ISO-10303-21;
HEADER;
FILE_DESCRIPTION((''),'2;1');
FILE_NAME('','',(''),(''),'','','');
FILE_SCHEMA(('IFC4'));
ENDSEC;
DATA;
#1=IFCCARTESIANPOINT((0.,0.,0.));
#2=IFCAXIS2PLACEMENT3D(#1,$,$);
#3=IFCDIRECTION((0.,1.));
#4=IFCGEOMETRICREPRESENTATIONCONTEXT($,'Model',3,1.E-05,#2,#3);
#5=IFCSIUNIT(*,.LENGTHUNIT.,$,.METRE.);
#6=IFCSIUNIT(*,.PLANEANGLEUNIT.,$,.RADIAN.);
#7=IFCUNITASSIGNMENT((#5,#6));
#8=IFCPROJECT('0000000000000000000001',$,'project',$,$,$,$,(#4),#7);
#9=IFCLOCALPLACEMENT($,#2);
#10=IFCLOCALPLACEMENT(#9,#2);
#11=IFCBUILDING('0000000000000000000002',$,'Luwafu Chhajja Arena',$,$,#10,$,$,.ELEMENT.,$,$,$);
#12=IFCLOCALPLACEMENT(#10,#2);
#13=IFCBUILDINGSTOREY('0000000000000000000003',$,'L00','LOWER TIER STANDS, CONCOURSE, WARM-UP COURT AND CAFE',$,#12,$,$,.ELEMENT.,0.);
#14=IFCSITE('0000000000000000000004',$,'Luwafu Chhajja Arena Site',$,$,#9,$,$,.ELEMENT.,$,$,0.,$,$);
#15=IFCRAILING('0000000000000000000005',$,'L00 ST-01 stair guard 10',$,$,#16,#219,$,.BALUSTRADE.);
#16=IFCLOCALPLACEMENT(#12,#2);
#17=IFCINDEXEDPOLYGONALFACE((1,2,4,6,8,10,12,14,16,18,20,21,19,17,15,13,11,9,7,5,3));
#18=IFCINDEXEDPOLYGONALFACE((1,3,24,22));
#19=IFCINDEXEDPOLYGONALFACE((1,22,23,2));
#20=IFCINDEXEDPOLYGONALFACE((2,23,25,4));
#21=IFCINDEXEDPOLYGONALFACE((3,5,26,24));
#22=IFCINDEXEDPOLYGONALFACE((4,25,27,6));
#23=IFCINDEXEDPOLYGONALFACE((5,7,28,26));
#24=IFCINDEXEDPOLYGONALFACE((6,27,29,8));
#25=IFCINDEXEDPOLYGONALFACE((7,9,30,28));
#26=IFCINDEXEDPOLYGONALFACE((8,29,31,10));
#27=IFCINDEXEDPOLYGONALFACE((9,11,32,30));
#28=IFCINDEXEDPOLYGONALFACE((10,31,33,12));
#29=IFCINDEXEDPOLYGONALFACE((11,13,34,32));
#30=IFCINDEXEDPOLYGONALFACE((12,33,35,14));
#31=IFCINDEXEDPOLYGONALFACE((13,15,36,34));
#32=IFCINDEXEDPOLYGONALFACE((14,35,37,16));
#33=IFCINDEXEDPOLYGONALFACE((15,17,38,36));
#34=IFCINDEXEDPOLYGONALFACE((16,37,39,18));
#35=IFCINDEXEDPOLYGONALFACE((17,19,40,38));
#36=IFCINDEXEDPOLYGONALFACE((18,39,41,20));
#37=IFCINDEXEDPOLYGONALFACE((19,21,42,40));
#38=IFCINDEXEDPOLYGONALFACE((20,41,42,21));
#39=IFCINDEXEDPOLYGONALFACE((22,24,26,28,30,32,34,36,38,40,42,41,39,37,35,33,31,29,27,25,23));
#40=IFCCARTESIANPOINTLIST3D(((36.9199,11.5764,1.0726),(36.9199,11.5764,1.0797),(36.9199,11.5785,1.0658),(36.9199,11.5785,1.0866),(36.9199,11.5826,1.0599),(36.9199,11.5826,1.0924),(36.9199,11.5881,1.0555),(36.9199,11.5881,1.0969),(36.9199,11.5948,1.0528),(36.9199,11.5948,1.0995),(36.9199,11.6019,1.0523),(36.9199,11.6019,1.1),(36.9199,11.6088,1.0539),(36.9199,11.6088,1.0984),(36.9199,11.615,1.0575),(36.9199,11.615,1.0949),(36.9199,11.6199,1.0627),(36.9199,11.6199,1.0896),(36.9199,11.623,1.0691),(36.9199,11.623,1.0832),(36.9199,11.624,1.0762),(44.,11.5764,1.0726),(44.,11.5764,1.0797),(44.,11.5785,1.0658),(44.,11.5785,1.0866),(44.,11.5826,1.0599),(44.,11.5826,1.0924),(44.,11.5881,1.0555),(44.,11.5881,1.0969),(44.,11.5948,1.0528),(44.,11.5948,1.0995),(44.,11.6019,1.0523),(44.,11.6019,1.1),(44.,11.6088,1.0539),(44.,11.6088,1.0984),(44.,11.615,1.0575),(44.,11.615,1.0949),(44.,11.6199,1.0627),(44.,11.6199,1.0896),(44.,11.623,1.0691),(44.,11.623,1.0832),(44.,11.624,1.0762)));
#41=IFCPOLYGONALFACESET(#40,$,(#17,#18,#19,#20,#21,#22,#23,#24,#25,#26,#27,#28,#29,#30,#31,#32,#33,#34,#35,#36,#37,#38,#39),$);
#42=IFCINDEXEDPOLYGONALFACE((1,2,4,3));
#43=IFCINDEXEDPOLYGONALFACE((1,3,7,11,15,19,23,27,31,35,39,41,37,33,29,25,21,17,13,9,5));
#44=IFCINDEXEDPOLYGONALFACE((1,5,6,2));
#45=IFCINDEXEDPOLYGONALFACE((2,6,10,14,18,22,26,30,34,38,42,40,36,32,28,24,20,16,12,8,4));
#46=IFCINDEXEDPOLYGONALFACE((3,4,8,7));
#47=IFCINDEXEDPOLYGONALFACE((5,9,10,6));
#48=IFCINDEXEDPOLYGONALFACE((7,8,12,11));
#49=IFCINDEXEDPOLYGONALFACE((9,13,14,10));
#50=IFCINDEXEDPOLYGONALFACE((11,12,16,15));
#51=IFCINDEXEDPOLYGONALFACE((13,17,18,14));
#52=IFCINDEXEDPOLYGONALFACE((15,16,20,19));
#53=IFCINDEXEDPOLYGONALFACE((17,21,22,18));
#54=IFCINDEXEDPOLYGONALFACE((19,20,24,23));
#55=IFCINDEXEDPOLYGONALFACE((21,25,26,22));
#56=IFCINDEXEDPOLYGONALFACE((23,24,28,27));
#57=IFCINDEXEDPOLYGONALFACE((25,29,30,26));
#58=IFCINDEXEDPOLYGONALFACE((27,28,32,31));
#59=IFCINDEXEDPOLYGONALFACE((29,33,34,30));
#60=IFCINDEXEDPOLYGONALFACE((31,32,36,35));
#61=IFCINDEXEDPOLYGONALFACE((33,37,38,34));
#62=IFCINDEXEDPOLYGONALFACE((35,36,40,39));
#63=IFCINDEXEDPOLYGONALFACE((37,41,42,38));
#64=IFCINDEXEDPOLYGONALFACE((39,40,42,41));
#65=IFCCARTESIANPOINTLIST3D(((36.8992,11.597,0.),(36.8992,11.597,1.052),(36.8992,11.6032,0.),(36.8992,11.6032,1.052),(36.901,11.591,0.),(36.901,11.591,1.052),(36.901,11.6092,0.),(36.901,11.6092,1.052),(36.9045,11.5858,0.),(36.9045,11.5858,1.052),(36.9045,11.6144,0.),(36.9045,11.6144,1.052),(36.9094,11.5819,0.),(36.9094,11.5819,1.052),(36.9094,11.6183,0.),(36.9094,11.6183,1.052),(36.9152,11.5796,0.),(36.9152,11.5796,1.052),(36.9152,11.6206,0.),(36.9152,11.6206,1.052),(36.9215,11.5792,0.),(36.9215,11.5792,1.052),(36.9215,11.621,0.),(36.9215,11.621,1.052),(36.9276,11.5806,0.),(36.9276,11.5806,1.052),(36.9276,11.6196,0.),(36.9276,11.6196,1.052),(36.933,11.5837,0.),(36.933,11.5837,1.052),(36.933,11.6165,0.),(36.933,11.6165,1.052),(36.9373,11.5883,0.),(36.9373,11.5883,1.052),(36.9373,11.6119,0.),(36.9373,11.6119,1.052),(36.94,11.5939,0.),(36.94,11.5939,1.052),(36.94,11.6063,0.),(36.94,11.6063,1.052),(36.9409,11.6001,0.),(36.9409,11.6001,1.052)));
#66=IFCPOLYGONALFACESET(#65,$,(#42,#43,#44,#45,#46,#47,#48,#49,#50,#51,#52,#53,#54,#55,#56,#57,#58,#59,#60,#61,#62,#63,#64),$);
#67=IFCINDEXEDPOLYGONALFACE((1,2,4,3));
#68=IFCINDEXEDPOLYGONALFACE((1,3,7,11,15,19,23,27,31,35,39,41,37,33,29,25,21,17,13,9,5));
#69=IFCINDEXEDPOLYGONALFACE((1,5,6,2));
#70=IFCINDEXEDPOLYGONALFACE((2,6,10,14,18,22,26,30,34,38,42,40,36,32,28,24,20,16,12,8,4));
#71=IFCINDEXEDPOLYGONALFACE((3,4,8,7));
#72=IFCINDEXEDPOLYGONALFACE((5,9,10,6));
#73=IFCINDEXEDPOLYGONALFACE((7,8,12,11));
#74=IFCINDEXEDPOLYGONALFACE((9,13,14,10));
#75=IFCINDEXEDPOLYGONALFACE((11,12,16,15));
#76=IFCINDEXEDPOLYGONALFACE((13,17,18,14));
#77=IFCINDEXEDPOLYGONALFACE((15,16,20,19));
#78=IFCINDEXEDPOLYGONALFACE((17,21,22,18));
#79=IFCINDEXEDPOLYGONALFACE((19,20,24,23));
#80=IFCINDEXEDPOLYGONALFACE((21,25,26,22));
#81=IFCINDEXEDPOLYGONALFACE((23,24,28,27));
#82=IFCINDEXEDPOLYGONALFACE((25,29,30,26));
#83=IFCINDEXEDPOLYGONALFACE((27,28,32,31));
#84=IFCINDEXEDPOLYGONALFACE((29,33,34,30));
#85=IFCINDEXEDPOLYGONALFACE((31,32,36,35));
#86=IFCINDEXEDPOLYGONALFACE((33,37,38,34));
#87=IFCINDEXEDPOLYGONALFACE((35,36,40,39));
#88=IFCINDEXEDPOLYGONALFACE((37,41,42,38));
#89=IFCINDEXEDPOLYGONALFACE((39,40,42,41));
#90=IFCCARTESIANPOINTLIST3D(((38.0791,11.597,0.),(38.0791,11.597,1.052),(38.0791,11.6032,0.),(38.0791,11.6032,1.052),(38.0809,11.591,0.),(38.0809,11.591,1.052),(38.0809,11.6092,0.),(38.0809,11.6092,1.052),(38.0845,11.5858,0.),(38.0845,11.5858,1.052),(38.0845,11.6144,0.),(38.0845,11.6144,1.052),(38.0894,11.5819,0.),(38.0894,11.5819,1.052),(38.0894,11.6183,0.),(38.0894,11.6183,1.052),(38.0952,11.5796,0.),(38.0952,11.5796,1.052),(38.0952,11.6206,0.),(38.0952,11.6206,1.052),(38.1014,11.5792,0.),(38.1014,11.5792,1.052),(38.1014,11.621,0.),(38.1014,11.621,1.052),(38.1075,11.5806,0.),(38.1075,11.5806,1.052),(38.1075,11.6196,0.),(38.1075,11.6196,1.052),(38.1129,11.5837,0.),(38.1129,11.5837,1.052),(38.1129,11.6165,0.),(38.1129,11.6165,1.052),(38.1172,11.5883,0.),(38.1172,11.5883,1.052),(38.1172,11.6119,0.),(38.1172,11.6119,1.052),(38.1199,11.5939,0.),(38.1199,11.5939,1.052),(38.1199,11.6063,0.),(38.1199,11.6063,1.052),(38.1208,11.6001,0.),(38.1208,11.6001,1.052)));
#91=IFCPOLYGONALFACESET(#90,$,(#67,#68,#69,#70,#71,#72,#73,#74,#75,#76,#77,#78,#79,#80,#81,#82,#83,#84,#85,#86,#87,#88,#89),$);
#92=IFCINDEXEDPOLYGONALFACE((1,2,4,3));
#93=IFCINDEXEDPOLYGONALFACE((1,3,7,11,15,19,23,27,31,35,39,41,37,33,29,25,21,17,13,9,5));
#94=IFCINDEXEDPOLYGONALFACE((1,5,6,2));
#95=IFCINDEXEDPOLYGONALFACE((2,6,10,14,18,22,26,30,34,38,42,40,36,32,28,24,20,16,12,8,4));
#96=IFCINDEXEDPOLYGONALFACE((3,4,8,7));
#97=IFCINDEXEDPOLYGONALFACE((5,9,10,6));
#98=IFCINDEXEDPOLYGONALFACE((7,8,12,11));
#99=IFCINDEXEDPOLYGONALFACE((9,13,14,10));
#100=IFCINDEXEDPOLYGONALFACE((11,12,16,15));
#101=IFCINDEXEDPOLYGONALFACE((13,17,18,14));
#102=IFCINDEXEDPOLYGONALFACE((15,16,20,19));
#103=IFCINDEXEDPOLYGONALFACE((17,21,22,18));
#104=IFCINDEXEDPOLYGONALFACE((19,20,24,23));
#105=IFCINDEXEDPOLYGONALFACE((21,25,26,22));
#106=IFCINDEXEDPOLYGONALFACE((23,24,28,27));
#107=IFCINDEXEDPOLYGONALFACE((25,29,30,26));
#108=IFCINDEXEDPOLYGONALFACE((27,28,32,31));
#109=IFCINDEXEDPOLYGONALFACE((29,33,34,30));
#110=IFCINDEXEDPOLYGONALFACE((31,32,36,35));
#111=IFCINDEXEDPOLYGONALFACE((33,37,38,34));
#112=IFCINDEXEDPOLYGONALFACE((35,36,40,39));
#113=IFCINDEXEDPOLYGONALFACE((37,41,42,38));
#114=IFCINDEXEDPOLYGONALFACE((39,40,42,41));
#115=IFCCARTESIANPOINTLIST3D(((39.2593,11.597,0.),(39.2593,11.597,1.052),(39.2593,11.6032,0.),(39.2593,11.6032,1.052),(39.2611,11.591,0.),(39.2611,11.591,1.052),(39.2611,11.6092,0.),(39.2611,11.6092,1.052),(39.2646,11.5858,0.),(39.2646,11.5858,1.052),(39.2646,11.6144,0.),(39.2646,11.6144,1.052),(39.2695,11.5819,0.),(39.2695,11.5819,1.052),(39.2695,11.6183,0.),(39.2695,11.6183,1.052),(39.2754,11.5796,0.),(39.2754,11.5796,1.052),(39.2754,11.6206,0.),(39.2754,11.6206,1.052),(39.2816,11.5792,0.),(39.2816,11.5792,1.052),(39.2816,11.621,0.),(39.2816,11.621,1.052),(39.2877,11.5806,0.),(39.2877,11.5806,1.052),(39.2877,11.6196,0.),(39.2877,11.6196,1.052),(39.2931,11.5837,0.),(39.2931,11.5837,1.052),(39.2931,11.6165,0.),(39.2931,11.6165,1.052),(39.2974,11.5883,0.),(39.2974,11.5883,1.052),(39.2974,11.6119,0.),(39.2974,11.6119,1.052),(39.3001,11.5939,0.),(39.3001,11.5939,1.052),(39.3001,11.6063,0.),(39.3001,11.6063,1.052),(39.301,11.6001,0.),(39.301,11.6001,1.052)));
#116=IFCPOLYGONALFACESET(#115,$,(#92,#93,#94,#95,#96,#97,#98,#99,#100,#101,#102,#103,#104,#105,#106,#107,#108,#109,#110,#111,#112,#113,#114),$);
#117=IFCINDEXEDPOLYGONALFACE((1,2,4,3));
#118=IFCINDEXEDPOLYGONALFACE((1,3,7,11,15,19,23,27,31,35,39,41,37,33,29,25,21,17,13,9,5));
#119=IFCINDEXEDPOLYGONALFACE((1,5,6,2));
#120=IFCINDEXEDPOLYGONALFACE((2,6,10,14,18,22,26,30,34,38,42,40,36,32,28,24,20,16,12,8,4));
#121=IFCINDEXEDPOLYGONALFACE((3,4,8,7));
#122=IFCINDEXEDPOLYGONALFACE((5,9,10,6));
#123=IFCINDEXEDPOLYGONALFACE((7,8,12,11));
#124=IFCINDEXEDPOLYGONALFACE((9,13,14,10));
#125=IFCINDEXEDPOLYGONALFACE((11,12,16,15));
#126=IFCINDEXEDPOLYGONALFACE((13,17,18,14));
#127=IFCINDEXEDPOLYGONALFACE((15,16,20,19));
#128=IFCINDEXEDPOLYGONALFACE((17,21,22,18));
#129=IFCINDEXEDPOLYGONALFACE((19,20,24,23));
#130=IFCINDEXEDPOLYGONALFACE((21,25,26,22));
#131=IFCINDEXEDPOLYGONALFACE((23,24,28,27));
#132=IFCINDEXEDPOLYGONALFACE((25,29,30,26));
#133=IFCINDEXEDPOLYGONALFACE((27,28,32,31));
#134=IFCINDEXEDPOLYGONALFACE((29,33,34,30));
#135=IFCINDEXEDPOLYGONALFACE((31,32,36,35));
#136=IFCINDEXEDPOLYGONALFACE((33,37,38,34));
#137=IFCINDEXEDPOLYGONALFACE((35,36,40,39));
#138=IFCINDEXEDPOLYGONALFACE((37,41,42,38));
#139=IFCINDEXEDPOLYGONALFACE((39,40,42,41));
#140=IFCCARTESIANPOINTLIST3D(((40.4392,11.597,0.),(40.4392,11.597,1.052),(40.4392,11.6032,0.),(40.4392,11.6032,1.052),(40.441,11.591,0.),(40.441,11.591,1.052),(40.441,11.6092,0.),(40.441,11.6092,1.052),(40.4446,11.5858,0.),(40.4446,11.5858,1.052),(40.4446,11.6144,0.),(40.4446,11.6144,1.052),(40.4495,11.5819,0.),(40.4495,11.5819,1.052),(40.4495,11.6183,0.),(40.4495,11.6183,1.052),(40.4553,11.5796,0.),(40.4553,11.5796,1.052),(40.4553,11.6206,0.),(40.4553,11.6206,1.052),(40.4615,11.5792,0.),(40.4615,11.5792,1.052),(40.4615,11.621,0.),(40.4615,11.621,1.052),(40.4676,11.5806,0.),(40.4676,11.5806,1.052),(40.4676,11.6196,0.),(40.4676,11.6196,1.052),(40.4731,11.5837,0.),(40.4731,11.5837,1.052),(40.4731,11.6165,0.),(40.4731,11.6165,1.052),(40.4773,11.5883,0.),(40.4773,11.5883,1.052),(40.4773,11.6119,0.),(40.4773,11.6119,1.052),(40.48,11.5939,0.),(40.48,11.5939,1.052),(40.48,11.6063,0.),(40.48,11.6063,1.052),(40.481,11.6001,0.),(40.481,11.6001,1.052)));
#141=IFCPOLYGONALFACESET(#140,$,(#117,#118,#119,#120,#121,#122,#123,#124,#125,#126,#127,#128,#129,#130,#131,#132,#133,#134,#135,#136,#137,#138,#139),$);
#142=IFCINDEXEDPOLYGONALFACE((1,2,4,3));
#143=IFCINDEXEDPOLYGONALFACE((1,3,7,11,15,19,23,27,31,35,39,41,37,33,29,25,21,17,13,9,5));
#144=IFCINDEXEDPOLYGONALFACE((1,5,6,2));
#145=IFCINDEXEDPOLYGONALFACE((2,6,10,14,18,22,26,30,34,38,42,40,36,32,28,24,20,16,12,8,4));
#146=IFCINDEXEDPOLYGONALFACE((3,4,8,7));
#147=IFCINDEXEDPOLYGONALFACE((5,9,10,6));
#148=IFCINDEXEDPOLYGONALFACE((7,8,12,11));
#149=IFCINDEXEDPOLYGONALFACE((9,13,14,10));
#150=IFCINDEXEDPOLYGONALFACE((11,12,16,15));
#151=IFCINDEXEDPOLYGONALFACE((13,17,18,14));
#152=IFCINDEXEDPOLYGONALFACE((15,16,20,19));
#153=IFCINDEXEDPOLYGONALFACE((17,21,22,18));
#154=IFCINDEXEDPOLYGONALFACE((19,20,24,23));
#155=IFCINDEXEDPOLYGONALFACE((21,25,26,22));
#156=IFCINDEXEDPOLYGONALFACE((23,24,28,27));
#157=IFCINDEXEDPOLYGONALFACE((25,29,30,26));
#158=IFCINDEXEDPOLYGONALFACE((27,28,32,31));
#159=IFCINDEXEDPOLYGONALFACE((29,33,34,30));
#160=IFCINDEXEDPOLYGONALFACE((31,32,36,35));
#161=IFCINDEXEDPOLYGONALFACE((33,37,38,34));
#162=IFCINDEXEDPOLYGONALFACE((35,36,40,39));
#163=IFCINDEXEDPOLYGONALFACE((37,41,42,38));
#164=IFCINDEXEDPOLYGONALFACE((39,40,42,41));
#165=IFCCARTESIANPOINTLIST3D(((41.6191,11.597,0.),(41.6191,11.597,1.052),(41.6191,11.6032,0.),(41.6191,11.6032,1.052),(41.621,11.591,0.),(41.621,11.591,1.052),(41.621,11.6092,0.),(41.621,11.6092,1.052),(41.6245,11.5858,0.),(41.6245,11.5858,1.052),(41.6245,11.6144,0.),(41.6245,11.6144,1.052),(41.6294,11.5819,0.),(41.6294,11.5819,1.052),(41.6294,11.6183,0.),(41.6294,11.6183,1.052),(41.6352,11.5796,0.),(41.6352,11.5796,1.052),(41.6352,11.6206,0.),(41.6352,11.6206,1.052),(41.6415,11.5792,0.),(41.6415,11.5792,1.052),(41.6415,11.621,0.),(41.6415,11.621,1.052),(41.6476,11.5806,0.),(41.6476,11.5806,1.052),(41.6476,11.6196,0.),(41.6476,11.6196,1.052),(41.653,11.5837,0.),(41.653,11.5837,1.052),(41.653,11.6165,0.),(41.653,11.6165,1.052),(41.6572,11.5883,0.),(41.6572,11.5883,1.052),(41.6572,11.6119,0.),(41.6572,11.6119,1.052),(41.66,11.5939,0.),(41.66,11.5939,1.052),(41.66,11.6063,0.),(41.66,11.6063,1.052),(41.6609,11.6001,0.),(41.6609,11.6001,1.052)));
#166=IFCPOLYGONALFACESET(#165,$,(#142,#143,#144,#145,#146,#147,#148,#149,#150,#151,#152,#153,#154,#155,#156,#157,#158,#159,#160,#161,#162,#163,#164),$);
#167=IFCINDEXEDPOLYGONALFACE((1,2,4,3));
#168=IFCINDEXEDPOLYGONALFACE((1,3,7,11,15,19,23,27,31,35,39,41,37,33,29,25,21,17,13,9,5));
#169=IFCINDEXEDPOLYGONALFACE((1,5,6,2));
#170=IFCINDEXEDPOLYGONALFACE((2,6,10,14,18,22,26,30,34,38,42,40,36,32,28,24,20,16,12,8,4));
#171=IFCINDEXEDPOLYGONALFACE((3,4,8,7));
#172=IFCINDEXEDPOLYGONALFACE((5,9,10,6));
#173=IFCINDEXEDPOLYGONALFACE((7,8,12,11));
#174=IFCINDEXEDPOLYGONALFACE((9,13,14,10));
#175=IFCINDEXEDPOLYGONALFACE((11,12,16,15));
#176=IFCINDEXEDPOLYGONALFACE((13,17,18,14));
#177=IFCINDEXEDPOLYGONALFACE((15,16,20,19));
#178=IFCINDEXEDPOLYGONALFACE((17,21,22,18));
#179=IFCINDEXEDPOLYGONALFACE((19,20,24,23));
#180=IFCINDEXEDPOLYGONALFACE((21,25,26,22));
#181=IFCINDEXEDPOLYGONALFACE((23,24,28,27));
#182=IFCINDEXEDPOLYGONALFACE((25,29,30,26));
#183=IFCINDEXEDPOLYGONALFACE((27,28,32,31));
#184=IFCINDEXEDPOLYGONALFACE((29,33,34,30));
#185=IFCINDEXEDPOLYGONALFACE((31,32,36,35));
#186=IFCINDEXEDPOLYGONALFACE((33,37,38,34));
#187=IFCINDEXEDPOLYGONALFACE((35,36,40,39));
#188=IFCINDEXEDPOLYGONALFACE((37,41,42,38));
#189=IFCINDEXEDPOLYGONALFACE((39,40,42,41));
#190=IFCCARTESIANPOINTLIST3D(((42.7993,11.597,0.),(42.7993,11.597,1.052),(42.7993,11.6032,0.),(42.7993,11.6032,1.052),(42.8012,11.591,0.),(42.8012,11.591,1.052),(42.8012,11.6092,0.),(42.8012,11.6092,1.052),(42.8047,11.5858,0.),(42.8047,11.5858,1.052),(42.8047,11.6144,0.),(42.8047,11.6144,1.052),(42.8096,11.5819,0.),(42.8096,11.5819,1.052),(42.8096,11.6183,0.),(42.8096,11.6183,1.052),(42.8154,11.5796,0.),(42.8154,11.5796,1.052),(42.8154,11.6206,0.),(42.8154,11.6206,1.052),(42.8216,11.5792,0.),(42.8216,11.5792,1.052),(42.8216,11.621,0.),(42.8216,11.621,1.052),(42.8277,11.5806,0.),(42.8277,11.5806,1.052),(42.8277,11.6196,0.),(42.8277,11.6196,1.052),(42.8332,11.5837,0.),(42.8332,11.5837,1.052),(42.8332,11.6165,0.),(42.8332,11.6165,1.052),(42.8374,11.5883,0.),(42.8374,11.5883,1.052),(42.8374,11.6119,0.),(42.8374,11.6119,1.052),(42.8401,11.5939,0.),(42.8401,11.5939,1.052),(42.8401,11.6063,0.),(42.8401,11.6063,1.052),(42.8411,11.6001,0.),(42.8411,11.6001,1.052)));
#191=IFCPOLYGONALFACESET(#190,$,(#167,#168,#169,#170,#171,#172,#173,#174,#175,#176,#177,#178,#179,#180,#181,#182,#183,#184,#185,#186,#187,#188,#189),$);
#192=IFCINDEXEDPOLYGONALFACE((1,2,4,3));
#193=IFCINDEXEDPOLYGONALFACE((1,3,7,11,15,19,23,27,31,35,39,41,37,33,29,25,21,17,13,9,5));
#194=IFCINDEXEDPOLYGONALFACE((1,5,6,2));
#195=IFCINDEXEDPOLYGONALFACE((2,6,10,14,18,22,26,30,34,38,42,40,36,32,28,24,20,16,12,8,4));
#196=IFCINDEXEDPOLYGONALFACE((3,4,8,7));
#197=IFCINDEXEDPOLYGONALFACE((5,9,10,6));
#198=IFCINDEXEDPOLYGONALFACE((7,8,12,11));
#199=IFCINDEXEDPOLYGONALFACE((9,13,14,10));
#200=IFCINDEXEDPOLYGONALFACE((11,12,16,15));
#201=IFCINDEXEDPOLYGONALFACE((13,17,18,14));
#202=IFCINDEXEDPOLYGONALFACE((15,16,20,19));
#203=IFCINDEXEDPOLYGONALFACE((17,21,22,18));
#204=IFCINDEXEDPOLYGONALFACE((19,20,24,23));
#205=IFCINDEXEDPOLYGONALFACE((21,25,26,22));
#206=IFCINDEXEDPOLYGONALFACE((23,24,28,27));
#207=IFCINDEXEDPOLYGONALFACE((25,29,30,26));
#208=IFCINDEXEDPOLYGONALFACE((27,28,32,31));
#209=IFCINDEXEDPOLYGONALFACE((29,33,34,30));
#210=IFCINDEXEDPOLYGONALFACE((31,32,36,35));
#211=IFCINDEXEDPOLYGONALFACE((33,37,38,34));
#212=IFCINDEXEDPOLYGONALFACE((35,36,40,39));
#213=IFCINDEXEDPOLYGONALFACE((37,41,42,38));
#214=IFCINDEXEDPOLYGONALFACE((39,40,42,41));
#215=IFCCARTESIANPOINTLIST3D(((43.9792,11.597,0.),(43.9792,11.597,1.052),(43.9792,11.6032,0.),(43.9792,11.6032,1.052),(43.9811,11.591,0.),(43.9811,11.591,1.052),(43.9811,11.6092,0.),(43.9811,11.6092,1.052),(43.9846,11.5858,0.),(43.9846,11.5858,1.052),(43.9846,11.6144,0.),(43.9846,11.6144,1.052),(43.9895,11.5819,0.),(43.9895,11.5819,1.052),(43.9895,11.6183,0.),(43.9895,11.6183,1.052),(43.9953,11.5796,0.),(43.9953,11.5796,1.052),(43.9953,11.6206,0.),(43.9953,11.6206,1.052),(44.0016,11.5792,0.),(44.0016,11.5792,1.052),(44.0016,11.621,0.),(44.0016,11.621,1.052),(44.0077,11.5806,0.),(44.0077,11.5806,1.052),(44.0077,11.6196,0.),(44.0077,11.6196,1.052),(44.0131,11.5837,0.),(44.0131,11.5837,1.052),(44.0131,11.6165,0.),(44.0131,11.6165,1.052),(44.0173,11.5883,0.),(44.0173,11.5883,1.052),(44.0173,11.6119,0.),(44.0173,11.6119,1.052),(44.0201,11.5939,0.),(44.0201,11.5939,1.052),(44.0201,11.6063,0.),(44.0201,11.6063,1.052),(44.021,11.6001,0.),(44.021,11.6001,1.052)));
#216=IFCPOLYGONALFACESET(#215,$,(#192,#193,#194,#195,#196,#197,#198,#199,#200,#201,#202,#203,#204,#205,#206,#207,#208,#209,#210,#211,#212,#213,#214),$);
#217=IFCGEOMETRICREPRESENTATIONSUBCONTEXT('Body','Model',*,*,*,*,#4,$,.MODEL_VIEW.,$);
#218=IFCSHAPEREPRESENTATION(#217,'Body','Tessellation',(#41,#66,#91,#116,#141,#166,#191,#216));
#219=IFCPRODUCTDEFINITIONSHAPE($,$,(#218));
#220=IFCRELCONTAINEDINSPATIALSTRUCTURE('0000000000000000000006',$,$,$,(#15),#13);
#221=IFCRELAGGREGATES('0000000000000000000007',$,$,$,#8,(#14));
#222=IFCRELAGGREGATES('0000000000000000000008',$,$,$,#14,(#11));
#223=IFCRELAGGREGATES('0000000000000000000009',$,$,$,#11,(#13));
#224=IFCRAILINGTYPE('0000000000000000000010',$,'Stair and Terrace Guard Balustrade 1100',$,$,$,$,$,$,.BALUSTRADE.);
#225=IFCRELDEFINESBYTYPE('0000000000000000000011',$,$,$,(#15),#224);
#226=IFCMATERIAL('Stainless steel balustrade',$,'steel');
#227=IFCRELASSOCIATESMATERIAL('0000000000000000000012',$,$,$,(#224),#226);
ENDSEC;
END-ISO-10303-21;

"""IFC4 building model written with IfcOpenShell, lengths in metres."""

from ifc_helpers import new_model, si_unit, direction, frame, origin, origin_2d, place, context, subcontext, project, spatial, circle, extrude, material, type_object, element, save


model = new_model("IFC4")

# Units and contexts
model_context = context("Model", 3, precision=1e-05, world=origin(), true_north=direction((0.0, 1.0)))
body_context = subcontext(model_context, "Body", "Model", "MODEL_VIEW")
ifc_project = project(units=[si_unit("LENGTHUNIT", "METRE"), si_unit("PLANEANGLEUNIT", "RADIAN")], contexts=[model_context])

# Site, building, storey
site_placement = place(None, origin())
site = spatial("IfcSite", under=ifc_project, at=site_placement, Name="Luwafu Chhajja Arena Site", CompositionType="ELEMENT", RefElevation=0.0)
building_placement = place(site_placement, origin())
building = spatial("IfcBuilding", under=site, at=building_placement, Name="Luwafu Chhajja Arena", CompositionType="ELEMENT")
storey_placement = place(building_placement, origin())
storey = spatial("IfcBuildingStorey", under=building, at=storey_placement, Name="L00", Description="LOWER TIER STANDS, CONCOURSE, WARM-UP COURT AND CAFE", CompositionType="ELEMENT", Elevation=0.0)

# Railing
ifc_material_1 = material(Name="Stainless steel balustrade", Category="steel")
railing_type_1 = type_object("IfcRailingType", Name="Stair and Terrace Guard Balustrade 1100", PredefinedType="BALUSTRADE", material=ifc_material_1)
for number, where, name in (
    (1, (36.9199, 11.6001, 0.0), "L00 ST-01 stair guard 10"),
):
    element("IfcRailing", number, at=place(storey_placement, frame(where)), inside=storey, type_object=railing_type_1, Name=name, PredefinedType="BALUSTRADE", context=body_context, shape_type="SweptSolid", body=[
        extrude(circle(Radius=0.0239, at=origin_2d()), frame((0.0, 0.0, 1.0762), z_axis=(1.0, 0.0, 0.0), x_axis=(0.0, 1.0, 0.0)), (0.0, 0.0, 1.0), 7.0801),
        extrude(circle(Radius=0.021, at=origin_2d()), origin(), (0.0, 0.0, 1.0), 1.052),
        extrude(circle(Radius=0.021, at=origin_2d()), frame((1.1799, 0.0, 0.0)), (0.0, 0.0, 1.0), 1.052),
        extrude(circle(Radius=0.021, at=origin_2d()), frame((2.3601, 0.0, 0.0)), (0.0, 0.0, 1.0), 1.052),
        extrude(circle(Radius=0.021, at=origin_2d()), frame((3.54, 0.0, 0.0)), (0.0, 0.0, 1.0), 1.052),
        extrude(circle(Radius=0.021, at=origin_2d()), frame((4.72, 0.0, 0.0)), (0.0, 0.0, 1.0), 1.052),
        extrude(circle(Radius=0.021, at=origin_2d()), frame((5.9001, 0.0, 0.0)), (0.0, 0.0, 1.0), 1.052),
        extrude(circle(Radius=0.021, at=origin_2d()), frame((7.0801, 0.0, 0.0)), (0.0, 0.0, 1.0), 1.052),
    ])

save(model, "model.ifc")
